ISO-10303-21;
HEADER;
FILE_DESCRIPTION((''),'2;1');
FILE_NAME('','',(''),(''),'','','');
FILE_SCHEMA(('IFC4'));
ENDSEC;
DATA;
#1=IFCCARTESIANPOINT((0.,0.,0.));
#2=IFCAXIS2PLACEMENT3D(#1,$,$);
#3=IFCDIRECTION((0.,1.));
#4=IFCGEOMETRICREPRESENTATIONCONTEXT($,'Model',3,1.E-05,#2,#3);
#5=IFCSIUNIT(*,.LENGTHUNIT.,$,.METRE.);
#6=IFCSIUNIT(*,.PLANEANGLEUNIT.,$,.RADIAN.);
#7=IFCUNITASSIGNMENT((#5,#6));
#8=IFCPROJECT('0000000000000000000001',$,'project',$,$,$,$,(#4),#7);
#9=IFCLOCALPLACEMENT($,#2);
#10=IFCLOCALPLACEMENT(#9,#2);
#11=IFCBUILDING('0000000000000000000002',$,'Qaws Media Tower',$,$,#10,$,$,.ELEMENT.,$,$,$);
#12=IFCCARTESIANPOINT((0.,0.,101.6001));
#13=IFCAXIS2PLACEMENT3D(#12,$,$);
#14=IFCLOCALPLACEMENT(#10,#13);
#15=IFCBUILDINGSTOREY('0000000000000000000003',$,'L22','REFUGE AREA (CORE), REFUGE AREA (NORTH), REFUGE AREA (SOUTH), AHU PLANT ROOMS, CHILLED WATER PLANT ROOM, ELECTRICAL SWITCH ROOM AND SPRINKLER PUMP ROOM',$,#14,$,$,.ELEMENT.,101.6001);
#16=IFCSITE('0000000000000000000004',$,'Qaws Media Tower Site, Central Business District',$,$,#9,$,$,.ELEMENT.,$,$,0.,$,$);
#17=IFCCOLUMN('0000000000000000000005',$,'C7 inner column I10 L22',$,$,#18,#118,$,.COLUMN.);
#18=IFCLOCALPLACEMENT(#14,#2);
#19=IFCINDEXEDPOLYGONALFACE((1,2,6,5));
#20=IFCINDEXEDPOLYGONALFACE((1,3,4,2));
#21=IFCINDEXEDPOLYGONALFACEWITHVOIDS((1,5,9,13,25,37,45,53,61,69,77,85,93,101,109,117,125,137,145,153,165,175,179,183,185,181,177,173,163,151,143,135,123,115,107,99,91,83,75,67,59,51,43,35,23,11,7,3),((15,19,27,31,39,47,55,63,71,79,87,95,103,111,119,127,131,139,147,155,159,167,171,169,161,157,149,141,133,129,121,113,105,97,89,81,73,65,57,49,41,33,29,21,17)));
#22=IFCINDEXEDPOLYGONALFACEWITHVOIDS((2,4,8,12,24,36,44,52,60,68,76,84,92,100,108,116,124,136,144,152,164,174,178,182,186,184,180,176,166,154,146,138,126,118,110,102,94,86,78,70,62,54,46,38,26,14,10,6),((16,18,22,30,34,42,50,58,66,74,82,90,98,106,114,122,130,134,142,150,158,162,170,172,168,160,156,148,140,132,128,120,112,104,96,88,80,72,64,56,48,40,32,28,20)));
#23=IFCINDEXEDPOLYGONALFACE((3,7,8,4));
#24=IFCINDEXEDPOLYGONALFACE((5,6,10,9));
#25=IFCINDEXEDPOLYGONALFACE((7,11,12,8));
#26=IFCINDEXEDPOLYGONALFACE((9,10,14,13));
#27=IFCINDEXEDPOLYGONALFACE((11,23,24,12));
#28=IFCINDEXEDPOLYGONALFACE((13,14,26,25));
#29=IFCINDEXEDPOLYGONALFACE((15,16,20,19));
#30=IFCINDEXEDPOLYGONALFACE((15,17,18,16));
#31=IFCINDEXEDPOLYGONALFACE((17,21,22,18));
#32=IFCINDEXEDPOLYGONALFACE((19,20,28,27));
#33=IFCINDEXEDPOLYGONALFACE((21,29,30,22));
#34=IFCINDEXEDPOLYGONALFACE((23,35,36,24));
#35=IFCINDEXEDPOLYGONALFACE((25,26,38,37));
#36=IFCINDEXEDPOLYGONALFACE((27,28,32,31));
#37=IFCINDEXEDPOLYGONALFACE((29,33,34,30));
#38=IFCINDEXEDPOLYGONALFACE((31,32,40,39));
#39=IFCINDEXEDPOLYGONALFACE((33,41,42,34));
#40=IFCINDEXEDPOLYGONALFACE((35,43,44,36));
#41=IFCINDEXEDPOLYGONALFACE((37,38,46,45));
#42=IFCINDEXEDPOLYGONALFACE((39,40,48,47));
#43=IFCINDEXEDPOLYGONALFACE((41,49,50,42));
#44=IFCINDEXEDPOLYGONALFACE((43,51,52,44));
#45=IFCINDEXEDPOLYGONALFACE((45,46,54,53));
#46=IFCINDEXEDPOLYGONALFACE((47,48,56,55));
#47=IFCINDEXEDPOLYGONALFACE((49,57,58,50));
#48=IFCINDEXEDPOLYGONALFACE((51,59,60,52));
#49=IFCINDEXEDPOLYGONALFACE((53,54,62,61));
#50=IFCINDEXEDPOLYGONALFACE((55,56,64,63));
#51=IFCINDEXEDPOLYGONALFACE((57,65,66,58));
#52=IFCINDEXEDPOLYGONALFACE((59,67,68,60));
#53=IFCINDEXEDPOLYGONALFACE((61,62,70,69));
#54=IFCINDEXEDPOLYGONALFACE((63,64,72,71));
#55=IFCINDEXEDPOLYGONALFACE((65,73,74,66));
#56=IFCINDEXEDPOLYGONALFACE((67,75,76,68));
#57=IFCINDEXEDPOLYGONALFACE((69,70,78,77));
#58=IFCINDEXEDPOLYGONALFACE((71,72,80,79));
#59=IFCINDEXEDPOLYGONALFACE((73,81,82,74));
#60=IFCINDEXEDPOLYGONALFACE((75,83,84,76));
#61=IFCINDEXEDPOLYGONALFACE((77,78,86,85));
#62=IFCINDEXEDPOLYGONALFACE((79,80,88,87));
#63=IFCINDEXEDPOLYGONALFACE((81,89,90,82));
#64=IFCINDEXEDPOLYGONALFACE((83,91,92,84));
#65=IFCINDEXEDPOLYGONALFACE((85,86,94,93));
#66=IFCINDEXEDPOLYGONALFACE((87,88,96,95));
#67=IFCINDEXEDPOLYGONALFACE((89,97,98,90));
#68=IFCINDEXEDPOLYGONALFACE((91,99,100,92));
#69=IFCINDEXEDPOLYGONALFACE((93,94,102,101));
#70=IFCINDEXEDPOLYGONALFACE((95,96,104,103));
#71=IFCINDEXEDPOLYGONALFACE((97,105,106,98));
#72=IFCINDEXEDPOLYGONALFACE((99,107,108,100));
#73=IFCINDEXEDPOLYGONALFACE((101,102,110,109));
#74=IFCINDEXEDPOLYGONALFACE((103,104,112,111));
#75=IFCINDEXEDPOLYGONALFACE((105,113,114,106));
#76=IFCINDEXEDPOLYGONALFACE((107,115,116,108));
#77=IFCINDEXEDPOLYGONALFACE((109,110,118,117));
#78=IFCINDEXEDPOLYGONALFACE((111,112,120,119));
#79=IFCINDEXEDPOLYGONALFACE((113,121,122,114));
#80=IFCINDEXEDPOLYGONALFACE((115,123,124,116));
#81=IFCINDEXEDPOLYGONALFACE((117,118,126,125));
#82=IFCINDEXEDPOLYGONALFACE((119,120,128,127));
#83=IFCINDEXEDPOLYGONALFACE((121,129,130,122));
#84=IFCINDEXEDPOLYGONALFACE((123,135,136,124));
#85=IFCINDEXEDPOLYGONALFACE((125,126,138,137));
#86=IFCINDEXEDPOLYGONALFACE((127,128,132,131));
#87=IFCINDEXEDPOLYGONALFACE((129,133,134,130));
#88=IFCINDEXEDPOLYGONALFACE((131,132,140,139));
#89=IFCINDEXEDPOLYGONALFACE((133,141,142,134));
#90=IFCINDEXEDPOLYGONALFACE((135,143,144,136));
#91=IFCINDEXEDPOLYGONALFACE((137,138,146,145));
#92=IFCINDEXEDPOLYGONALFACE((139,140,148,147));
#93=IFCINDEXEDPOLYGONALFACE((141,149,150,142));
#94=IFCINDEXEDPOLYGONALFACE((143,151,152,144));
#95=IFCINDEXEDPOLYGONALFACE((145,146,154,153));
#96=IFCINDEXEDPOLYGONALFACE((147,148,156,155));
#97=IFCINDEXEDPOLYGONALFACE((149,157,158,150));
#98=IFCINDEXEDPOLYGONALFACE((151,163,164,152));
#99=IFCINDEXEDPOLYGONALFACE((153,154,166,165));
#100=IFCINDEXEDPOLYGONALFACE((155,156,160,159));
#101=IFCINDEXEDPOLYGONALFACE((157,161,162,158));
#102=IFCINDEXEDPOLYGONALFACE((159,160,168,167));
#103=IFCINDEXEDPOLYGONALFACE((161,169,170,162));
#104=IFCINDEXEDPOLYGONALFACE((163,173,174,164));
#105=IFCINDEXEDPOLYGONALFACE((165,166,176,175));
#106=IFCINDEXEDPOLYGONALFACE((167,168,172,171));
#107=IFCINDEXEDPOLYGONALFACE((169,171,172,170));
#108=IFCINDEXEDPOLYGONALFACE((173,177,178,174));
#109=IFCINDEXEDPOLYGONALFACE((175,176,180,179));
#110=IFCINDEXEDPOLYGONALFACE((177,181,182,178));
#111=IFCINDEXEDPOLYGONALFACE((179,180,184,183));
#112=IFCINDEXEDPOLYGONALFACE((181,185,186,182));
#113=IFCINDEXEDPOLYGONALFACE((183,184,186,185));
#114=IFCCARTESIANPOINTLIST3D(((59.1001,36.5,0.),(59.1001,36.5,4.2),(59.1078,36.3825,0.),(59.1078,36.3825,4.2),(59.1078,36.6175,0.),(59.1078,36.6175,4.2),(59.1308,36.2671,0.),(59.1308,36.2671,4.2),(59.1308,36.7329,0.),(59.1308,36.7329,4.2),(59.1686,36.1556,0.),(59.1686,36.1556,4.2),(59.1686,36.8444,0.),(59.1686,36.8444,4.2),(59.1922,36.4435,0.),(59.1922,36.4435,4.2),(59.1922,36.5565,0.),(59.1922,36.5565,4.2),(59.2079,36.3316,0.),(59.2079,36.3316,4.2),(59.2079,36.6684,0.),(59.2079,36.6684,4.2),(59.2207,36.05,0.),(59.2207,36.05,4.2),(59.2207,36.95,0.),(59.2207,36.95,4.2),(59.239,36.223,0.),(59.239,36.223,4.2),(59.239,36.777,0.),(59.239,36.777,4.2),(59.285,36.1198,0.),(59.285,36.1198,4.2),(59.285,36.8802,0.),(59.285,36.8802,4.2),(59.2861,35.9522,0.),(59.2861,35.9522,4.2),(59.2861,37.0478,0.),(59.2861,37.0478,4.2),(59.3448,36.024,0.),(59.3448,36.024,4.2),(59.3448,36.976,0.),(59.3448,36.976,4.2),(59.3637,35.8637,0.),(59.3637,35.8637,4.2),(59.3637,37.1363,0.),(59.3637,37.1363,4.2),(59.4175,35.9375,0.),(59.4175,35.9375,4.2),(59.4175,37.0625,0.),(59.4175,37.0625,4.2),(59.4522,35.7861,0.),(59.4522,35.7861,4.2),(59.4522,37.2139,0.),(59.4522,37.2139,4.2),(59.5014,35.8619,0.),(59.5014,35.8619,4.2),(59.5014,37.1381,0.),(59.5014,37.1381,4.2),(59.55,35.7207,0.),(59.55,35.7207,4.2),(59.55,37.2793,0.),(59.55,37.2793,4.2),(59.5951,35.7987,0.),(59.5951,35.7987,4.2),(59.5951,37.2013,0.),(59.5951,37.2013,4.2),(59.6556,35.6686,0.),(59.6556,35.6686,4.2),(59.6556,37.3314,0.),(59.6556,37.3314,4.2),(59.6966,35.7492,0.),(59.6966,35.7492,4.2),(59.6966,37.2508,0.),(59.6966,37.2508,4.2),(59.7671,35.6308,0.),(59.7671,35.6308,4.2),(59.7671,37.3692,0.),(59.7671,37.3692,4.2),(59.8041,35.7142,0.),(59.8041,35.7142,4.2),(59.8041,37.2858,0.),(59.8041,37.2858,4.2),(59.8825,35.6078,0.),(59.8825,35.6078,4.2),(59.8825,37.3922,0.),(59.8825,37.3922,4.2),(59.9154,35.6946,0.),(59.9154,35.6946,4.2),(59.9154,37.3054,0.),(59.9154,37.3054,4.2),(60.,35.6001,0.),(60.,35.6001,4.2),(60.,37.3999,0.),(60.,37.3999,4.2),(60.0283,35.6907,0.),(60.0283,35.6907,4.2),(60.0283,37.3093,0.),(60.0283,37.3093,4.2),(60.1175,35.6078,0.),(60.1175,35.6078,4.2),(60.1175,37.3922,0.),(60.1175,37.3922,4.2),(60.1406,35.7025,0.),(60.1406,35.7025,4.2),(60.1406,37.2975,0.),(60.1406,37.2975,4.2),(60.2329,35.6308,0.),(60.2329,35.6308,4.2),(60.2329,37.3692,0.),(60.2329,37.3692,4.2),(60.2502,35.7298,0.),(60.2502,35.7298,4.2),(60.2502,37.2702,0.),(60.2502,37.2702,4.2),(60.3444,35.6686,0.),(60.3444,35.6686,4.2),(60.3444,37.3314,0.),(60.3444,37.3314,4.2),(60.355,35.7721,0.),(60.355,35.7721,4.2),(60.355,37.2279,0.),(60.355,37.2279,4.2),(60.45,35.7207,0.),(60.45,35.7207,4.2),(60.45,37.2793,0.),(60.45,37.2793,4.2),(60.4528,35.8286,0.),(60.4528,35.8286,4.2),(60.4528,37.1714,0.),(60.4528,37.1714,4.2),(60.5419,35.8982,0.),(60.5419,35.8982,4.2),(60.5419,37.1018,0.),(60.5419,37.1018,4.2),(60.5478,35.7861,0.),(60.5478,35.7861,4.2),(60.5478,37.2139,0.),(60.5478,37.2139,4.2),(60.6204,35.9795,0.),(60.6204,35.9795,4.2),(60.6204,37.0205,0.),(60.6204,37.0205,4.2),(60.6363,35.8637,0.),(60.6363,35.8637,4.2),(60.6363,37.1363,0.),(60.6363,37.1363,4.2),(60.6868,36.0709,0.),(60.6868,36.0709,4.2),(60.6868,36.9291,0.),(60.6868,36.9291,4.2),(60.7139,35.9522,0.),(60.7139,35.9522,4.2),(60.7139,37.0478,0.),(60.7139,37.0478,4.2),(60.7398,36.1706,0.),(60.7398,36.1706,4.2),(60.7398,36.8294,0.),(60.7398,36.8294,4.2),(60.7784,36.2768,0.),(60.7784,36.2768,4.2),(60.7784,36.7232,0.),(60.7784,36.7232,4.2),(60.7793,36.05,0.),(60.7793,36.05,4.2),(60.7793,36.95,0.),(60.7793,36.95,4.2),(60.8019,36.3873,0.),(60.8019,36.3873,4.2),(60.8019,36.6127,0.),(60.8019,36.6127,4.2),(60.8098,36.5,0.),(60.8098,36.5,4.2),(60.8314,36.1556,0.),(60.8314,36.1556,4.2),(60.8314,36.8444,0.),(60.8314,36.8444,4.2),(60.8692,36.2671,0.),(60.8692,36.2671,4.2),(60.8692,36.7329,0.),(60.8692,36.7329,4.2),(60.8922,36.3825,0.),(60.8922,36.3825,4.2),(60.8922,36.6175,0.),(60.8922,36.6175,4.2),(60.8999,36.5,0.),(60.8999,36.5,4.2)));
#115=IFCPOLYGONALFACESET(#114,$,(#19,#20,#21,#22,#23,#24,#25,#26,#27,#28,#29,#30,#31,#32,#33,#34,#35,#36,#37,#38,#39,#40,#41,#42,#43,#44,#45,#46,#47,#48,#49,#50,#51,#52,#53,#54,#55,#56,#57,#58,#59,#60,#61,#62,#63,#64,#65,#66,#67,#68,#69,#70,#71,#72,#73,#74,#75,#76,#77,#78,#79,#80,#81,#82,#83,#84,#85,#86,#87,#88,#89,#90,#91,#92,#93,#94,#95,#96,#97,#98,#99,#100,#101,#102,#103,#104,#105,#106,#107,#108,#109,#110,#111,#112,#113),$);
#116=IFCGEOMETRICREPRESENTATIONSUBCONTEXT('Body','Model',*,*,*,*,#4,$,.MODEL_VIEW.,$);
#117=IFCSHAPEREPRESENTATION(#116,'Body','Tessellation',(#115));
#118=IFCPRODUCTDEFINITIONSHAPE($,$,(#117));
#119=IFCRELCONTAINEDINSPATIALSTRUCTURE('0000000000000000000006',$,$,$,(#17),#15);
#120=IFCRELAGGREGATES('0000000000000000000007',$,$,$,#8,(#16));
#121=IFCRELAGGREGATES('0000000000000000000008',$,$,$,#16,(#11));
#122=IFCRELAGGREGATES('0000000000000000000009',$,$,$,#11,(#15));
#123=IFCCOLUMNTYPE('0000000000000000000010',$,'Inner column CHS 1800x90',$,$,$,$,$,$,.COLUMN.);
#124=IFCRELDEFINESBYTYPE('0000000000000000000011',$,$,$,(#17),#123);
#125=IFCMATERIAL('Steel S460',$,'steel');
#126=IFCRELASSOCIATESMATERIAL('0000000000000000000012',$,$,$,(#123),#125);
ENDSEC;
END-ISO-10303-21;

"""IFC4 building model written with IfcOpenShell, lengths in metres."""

from ifc_helpers import new_model, si_unit, direction, frame, origin, origin_2d, place, context, subcontext, project, spatial, hollow_circle, extrude, material, material_profile, profile_set, type_object, element, save


model = new_model("IFC4")

# Units and contexts
model_context = context("Model", 3, precision=1e-05, world=origin(), true_north=direction((0.0, 1.0)))
body_context = subcontext(model_context, "Body", "Model", "MODEL_VIEW")
ifc_project = project(units=[si_unit("LENGTHUNIT", "METRE"), si_unit("PLANEANGLEUNIT", "RADIAN")], contexts=[model_context])

# Site, building, storey
site_placement = place(None, origin())
site = spatial("IfcSite", under=ifc_project, at=site_placement, Name="Qaws Media Tower Site, Central Business District", CompositionType="ELEMENT", RefElevation=0.0)
building_placement = place(site_placement, origin())
building = spatial("IfcBuilding", under=site, at=building_placement, Name="Qaws Media Tower", CompositionType="ELEMENT")
storey_placement = place(building_placement, frame((0.0, 0.0, 101.6001)))
storey = spatial("IfcBuildingStorey", under=building, at=storey_placement, Name="L22", Description="REFUGE AREA (CORE), REFUGE AREA (NORTH), REFUGE AREA (SOUTH), AHU PLANT ROOMS, CHILLED WATER PLANT ROOM, ELECTRICAL SWITCH ROOM AND SPRINKLER PUMP ROOM", CompositionType="ELEMENT", Elevation=101.6001)

# Column
ifc_material_1 = material(Name="Steel S460", Category="steel")
ifc_material_profile_1 = material_profile(ifc_material_1, hollow_circle(Radius=0.8999, WallThickness=0.0901, at=origin_2d()), Name="CHS 1800x90")
ifc_profile_set_1 = profile_set([ifc_material_profile_1], Name="Steel S460")
column_type = type_object("IfcColumnType", Name="Inner column CHS 1800x90", PredefinedType="COLUMN", material=ifc_profile_set_1)
for number, where, z_axis, x_axis, name in (
    (1, (60.0, 36.5, 0.0), (0.0, 0.0, 1.0), (1.0, 0.0, 0.0), "C7 inner column I10 L22"),
):
    element("IfcColumn", number, at=place(storey_placement, frame(where, z_axis=z_axis, x_axis=x_axis)), inside=storey, type_object=column_type, Name=name, PredefinedType="COLUMN", context=body_context, shape_type="SweptSolid", body=[
        extrude(hollow_circle(Radius=0.8999, WallThickness=0.0901, at=origin_2d()), origin(), (0.0, 0.0, 1.0), 4.2),
    ])

save(model, "model.ifc")
